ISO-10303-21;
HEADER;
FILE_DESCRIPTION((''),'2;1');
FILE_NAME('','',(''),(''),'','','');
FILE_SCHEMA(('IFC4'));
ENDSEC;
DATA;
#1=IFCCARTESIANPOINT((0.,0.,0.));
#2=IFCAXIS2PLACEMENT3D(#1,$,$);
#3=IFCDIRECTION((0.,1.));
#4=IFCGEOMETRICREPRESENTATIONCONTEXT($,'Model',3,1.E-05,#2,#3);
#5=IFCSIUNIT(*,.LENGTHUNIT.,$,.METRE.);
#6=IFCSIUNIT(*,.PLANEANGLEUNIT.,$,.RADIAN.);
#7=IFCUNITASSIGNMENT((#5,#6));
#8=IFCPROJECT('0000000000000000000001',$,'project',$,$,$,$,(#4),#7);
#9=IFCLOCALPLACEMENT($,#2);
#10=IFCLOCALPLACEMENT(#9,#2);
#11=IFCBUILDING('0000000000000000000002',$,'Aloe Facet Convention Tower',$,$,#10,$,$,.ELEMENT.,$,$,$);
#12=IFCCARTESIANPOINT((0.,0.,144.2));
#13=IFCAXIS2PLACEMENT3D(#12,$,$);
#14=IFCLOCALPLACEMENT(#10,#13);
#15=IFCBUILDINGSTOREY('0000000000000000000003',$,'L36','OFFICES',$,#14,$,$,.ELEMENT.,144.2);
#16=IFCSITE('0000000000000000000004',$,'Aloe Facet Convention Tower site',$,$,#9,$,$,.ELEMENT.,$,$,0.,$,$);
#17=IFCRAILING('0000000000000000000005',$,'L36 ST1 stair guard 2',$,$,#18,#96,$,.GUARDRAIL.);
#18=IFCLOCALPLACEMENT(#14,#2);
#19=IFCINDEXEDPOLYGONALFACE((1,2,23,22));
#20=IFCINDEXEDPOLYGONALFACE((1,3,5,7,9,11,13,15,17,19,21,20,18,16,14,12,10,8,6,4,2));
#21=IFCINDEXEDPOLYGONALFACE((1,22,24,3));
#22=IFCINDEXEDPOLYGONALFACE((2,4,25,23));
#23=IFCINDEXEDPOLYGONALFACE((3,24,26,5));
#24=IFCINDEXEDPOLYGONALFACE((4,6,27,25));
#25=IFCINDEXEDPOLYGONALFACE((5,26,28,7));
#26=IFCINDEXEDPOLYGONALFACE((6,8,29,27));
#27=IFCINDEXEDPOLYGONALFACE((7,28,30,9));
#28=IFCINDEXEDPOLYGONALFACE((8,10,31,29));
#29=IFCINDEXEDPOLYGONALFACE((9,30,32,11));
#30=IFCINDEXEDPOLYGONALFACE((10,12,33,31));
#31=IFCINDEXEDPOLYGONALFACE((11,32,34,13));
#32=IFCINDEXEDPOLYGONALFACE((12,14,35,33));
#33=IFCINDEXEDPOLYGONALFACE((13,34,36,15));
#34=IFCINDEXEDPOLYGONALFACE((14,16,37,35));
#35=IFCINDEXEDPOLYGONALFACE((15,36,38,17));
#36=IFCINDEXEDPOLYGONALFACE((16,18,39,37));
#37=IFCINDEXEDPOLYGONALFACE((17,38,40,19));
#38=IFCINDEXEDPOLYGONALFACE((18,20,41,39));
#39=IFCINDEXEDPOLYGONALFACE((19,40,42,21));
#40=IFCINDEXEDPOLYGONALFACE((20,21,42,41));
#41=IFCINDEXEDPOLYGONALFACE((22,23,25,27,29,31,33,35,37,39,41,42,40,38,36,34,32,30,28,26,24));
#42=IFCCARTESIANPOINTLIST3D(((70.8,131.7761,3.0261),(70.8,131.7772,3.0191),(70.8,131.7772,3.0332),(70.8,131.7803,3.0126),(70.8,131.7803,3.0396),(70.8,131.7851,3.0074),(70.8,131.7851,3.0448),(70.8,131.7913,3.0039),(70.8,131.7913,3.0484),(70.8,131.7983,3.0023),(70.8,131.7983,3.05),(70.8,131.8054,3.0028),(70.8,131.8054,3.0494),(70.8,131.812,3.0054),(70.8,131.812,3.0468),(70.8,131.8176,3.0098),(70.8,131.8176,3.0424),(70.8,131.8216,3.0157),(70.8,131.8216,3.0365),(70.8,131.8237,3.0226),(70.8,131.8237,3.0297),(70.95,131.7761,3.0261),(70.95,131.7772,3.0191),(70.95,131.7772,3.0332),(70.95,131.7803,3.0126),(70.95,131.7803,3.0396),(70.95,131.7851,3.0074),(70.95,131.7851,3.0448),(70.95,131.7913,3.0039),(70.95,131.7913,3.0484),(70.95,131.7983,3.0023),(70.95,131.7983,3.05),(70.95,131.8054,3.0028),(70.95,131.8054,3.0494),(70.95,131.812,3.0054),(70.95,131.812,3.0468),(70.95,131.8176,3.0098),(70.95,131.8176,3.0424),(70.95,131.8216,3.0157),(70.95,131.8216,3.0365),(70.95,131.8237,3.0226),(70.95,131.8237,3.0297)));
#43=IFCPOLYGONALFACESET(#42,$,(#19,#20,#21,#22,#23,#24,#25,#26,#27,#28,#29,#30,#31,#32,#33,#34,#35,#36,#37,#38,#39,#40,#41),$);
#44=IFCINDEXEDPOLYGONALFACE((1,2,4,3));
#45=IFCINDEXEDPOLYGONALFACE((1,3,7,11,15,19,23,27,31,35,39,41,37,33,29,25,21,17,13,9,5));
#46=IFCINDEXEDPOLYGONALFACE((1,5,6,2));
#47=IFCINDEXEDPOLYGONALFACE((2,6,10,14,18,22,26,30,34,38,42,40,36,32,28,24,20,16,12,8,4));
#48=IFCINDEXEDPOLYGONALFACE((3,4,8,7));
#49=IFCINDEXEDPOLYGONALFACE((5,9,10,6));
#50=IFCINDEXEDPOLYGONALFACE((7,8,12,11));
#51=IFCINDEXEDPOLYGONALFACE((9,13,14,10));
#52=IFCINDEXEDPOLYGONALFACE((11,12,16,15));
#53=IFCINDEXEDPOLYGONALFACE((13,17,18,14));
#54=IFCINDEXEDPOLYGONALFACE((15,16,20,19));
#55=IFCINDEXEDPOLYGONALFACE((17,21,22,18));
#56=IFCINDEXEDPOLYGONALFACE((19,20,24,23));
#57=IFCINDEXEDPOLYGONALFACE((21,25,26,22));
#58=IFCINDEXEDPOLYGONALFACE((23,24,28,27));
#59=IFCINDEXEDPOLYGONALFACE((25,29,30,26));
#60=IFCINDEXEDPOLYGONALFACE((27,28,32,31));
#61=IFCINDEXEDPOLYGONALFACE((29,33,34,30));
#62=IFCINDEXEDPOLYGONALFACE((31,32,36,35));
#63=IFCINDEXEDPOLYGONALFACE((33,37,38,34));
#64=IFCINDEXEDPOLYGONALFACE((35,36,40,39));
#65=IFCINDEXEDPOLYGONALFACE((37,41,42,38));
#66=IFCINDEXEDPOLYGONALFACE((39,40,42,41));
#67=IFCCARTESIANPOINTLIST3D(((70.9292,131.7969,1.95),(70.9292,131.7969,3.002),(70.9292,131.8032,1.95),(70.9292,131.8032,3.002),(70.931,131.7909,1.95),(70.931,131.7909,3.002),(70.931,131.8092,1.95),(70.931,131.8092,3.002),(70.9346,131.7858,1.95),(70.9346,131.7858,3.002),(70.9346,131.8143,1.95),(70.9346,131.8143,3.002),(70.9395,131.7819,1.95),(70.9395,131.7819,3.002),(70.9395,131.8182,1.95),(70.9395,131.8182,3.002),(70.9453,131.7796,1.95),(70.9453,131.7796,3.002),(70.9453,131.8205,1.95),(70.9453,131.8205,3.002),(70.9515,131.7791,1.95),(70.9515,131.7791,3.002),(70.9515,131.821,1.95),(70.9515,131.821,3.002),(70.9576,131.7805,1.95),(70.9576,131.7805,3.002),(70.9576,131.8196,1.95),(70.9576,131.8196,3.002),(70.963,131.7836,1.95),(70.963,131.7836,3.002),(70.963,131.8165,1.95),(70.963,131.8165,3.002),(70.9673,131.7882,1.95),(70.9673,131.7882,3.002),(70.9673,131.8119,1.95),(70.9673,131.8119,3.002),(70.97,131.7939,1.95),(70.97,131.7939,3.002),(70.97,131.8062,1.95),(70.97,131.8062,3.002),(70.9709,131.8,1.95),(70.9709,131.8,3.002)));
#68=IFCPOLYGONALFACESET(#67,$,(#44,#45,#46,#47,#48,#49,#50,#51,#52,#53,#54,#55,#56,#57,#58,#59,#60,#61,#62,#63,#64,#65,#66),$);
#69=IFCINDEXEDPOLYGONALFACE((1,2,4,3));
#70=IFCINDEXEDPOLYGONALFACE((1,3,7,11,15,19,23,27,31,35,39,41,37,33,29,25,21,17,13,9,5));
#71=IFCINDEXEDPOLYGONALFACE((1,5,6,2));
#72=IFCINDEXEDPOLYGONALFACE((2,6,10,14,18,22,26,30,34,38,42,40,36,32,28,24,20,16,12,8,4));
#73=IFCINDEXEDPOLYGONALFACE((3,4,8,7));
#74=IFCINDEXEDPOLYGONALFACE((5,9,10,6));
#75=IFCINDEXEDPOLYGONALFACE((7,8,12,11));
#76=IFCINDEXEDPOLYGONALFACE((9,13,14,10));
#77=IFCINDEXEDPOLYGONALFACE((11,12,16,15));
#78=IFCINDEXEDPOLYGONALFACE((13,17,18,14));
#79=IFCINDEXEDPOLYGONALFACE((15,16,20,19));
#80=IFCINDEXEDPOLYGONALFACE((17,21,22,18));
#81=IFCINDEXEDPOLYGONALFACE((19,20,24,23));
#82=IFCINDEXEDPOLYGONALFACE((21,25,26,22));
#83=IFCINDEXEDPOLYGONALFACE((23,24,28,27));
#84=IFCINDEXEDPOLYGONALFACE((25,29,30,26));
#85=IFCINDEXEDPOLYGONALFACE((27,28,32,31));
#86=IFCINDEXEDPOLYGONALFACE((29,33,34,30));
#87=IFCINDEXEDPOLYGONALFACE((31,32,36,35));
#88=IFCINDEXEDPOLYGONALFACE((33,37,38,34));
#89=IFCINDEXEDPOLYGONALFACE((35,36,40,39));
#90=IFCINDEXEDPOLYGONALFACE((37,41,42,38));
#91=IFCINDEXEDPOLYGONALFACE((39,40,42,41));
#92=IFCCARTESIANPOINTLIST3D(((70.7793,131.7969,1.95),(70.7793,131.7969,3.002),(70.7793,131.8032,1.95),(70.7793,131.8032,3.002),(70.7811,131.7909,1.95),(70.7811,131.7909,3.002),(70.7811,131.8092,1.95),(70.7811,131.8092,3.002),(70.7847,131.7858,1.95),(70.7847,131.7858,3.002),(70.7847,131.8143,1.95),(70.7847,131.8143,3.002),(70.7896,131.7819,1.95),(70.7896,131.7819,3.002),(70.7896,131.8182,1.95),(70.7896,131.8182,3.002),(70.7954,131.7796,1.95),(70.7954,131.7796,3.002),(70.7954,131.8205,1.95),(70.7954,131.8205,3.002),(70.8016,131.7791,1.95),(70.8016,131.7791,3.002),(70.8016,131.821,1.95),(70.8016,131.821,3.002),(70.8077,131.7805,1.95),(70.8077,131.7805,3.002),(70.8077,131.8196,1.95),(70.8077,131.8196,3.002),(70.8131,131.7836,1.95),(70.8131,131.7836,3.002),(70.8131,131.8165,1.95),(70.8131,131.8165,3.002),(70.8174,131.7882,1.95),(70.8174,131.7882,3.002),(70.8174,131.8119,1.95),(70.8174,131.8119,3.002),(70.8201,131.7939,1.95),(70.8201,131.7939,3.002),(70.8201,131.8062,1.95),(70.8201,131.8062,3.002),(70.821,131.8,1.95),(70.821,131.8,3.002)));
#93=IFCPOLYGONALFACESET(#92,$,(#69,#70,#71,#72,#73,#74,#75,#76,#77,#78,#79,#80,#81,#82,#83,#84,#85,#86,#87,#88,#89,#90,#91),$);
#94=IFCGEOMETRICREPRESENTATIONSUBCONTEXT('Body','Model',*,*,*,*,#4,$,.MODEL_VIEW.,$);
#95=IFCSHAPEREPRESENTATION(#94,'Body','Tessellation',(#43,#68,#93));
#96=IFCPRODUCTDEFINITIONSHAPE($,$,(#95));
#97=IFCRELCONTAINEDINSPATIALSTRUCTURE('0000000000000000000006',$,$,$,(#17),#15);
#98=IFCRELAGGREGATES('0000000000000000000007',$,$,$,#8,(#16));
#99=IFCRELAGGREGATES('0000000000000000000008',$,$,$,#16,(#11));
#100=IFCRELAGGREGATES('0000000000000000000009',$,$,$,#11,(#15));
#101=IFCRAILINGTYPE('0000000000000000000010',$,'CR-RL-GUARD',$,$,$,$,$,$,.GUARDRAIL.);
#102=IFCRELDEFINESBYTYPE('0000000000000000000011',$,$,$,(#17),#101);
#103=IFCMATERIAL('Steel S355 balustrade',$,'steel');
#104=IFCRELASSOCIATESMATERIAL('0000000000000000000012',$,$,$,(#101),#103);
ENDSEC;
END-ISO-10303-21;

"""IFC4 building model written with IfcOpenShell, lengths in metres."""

from ifc_helpers import new_model, si_unit, direction, frame, origin, origin_2d, place, context, subcontext, project, spatial, circle, extrude, material, type_object, element, save


model = new_model("IFC4")

# Units and contexts
model_context = context("Model", 3, precision=1e-05, world=origin(), true_north=direction((0.0, 1.0)))
body_context = subcontext(model_context, "Body", "Model", "MODEL_VIEW")
ifc_project = project(units=[si_unit("LENGTHUNIT", "METRE"), si_unit("PLANEANGLEUNIT", "RADIAN")], contexts=[model_context])

# Site, building, storey
site_placement = place(None, origin())
site = spatial("IfcSite", under=ifc_project, at=site_placement, Name="Aloe Facet Convention Tower site", CompositionType="ELEMENT", RefElevation=0.0)
building_placement = place(site_placement, origin())
building = spatial("IfcBuilding", under=site, at=building_placement, Name="Aloe Facet Convention Tower", CompositionType="ELEMENT")
storey_placement = place(building_placement, frame((0.0, 0.0, 144.2)))
storey = spatial("IfcBuildingStorey", under=building, at=storey_placement, Name="L36", Description="OFFICES", CompositionType="ELEMENT", Elevation=144.2)

# Railing
ifc_material_1 = material(Name="Steel S355 balustrade", Category="steel")
railing_type_1 = type_object("IfcRailingType", Name="CR-RL-GUARD", PredefinedType="GUARDRAIL", material=ifc_material_1)
railing_1_placement = place(storey_placement, frame((70.95, 131.8, 1.95)))
element("IfcRailing", 1, at=railing_1_placement, inside=storey, type_object=railing_type_1, Name="L36 ST1 stair guard 2", PredefinedType="GUARDRAIL", context=body_context, shape_type="SweptSolid", body=[
    extrude(circle(Radius=0.0239, at=origin_2d()), frame((0.0, 0.0, 1.0762), z_axis=(-1.0, 0.0, 0.0), x_axis=(0.0, -1.0, 0.0)), (0.0, 0.0, 1.0), 0.1499),
    extrude(circle(Radius=0.021, at=origin_2d()), origin(), (0.0, 0.0, 1.0), 1.052),
    extrude(circle(Radius=0.021, at=origin_2d()), frame((-0.1499, 0.0, 0.0)), (0.0, 0.0, 1.0), 1.052),
])

save(model, "model.ifc")
